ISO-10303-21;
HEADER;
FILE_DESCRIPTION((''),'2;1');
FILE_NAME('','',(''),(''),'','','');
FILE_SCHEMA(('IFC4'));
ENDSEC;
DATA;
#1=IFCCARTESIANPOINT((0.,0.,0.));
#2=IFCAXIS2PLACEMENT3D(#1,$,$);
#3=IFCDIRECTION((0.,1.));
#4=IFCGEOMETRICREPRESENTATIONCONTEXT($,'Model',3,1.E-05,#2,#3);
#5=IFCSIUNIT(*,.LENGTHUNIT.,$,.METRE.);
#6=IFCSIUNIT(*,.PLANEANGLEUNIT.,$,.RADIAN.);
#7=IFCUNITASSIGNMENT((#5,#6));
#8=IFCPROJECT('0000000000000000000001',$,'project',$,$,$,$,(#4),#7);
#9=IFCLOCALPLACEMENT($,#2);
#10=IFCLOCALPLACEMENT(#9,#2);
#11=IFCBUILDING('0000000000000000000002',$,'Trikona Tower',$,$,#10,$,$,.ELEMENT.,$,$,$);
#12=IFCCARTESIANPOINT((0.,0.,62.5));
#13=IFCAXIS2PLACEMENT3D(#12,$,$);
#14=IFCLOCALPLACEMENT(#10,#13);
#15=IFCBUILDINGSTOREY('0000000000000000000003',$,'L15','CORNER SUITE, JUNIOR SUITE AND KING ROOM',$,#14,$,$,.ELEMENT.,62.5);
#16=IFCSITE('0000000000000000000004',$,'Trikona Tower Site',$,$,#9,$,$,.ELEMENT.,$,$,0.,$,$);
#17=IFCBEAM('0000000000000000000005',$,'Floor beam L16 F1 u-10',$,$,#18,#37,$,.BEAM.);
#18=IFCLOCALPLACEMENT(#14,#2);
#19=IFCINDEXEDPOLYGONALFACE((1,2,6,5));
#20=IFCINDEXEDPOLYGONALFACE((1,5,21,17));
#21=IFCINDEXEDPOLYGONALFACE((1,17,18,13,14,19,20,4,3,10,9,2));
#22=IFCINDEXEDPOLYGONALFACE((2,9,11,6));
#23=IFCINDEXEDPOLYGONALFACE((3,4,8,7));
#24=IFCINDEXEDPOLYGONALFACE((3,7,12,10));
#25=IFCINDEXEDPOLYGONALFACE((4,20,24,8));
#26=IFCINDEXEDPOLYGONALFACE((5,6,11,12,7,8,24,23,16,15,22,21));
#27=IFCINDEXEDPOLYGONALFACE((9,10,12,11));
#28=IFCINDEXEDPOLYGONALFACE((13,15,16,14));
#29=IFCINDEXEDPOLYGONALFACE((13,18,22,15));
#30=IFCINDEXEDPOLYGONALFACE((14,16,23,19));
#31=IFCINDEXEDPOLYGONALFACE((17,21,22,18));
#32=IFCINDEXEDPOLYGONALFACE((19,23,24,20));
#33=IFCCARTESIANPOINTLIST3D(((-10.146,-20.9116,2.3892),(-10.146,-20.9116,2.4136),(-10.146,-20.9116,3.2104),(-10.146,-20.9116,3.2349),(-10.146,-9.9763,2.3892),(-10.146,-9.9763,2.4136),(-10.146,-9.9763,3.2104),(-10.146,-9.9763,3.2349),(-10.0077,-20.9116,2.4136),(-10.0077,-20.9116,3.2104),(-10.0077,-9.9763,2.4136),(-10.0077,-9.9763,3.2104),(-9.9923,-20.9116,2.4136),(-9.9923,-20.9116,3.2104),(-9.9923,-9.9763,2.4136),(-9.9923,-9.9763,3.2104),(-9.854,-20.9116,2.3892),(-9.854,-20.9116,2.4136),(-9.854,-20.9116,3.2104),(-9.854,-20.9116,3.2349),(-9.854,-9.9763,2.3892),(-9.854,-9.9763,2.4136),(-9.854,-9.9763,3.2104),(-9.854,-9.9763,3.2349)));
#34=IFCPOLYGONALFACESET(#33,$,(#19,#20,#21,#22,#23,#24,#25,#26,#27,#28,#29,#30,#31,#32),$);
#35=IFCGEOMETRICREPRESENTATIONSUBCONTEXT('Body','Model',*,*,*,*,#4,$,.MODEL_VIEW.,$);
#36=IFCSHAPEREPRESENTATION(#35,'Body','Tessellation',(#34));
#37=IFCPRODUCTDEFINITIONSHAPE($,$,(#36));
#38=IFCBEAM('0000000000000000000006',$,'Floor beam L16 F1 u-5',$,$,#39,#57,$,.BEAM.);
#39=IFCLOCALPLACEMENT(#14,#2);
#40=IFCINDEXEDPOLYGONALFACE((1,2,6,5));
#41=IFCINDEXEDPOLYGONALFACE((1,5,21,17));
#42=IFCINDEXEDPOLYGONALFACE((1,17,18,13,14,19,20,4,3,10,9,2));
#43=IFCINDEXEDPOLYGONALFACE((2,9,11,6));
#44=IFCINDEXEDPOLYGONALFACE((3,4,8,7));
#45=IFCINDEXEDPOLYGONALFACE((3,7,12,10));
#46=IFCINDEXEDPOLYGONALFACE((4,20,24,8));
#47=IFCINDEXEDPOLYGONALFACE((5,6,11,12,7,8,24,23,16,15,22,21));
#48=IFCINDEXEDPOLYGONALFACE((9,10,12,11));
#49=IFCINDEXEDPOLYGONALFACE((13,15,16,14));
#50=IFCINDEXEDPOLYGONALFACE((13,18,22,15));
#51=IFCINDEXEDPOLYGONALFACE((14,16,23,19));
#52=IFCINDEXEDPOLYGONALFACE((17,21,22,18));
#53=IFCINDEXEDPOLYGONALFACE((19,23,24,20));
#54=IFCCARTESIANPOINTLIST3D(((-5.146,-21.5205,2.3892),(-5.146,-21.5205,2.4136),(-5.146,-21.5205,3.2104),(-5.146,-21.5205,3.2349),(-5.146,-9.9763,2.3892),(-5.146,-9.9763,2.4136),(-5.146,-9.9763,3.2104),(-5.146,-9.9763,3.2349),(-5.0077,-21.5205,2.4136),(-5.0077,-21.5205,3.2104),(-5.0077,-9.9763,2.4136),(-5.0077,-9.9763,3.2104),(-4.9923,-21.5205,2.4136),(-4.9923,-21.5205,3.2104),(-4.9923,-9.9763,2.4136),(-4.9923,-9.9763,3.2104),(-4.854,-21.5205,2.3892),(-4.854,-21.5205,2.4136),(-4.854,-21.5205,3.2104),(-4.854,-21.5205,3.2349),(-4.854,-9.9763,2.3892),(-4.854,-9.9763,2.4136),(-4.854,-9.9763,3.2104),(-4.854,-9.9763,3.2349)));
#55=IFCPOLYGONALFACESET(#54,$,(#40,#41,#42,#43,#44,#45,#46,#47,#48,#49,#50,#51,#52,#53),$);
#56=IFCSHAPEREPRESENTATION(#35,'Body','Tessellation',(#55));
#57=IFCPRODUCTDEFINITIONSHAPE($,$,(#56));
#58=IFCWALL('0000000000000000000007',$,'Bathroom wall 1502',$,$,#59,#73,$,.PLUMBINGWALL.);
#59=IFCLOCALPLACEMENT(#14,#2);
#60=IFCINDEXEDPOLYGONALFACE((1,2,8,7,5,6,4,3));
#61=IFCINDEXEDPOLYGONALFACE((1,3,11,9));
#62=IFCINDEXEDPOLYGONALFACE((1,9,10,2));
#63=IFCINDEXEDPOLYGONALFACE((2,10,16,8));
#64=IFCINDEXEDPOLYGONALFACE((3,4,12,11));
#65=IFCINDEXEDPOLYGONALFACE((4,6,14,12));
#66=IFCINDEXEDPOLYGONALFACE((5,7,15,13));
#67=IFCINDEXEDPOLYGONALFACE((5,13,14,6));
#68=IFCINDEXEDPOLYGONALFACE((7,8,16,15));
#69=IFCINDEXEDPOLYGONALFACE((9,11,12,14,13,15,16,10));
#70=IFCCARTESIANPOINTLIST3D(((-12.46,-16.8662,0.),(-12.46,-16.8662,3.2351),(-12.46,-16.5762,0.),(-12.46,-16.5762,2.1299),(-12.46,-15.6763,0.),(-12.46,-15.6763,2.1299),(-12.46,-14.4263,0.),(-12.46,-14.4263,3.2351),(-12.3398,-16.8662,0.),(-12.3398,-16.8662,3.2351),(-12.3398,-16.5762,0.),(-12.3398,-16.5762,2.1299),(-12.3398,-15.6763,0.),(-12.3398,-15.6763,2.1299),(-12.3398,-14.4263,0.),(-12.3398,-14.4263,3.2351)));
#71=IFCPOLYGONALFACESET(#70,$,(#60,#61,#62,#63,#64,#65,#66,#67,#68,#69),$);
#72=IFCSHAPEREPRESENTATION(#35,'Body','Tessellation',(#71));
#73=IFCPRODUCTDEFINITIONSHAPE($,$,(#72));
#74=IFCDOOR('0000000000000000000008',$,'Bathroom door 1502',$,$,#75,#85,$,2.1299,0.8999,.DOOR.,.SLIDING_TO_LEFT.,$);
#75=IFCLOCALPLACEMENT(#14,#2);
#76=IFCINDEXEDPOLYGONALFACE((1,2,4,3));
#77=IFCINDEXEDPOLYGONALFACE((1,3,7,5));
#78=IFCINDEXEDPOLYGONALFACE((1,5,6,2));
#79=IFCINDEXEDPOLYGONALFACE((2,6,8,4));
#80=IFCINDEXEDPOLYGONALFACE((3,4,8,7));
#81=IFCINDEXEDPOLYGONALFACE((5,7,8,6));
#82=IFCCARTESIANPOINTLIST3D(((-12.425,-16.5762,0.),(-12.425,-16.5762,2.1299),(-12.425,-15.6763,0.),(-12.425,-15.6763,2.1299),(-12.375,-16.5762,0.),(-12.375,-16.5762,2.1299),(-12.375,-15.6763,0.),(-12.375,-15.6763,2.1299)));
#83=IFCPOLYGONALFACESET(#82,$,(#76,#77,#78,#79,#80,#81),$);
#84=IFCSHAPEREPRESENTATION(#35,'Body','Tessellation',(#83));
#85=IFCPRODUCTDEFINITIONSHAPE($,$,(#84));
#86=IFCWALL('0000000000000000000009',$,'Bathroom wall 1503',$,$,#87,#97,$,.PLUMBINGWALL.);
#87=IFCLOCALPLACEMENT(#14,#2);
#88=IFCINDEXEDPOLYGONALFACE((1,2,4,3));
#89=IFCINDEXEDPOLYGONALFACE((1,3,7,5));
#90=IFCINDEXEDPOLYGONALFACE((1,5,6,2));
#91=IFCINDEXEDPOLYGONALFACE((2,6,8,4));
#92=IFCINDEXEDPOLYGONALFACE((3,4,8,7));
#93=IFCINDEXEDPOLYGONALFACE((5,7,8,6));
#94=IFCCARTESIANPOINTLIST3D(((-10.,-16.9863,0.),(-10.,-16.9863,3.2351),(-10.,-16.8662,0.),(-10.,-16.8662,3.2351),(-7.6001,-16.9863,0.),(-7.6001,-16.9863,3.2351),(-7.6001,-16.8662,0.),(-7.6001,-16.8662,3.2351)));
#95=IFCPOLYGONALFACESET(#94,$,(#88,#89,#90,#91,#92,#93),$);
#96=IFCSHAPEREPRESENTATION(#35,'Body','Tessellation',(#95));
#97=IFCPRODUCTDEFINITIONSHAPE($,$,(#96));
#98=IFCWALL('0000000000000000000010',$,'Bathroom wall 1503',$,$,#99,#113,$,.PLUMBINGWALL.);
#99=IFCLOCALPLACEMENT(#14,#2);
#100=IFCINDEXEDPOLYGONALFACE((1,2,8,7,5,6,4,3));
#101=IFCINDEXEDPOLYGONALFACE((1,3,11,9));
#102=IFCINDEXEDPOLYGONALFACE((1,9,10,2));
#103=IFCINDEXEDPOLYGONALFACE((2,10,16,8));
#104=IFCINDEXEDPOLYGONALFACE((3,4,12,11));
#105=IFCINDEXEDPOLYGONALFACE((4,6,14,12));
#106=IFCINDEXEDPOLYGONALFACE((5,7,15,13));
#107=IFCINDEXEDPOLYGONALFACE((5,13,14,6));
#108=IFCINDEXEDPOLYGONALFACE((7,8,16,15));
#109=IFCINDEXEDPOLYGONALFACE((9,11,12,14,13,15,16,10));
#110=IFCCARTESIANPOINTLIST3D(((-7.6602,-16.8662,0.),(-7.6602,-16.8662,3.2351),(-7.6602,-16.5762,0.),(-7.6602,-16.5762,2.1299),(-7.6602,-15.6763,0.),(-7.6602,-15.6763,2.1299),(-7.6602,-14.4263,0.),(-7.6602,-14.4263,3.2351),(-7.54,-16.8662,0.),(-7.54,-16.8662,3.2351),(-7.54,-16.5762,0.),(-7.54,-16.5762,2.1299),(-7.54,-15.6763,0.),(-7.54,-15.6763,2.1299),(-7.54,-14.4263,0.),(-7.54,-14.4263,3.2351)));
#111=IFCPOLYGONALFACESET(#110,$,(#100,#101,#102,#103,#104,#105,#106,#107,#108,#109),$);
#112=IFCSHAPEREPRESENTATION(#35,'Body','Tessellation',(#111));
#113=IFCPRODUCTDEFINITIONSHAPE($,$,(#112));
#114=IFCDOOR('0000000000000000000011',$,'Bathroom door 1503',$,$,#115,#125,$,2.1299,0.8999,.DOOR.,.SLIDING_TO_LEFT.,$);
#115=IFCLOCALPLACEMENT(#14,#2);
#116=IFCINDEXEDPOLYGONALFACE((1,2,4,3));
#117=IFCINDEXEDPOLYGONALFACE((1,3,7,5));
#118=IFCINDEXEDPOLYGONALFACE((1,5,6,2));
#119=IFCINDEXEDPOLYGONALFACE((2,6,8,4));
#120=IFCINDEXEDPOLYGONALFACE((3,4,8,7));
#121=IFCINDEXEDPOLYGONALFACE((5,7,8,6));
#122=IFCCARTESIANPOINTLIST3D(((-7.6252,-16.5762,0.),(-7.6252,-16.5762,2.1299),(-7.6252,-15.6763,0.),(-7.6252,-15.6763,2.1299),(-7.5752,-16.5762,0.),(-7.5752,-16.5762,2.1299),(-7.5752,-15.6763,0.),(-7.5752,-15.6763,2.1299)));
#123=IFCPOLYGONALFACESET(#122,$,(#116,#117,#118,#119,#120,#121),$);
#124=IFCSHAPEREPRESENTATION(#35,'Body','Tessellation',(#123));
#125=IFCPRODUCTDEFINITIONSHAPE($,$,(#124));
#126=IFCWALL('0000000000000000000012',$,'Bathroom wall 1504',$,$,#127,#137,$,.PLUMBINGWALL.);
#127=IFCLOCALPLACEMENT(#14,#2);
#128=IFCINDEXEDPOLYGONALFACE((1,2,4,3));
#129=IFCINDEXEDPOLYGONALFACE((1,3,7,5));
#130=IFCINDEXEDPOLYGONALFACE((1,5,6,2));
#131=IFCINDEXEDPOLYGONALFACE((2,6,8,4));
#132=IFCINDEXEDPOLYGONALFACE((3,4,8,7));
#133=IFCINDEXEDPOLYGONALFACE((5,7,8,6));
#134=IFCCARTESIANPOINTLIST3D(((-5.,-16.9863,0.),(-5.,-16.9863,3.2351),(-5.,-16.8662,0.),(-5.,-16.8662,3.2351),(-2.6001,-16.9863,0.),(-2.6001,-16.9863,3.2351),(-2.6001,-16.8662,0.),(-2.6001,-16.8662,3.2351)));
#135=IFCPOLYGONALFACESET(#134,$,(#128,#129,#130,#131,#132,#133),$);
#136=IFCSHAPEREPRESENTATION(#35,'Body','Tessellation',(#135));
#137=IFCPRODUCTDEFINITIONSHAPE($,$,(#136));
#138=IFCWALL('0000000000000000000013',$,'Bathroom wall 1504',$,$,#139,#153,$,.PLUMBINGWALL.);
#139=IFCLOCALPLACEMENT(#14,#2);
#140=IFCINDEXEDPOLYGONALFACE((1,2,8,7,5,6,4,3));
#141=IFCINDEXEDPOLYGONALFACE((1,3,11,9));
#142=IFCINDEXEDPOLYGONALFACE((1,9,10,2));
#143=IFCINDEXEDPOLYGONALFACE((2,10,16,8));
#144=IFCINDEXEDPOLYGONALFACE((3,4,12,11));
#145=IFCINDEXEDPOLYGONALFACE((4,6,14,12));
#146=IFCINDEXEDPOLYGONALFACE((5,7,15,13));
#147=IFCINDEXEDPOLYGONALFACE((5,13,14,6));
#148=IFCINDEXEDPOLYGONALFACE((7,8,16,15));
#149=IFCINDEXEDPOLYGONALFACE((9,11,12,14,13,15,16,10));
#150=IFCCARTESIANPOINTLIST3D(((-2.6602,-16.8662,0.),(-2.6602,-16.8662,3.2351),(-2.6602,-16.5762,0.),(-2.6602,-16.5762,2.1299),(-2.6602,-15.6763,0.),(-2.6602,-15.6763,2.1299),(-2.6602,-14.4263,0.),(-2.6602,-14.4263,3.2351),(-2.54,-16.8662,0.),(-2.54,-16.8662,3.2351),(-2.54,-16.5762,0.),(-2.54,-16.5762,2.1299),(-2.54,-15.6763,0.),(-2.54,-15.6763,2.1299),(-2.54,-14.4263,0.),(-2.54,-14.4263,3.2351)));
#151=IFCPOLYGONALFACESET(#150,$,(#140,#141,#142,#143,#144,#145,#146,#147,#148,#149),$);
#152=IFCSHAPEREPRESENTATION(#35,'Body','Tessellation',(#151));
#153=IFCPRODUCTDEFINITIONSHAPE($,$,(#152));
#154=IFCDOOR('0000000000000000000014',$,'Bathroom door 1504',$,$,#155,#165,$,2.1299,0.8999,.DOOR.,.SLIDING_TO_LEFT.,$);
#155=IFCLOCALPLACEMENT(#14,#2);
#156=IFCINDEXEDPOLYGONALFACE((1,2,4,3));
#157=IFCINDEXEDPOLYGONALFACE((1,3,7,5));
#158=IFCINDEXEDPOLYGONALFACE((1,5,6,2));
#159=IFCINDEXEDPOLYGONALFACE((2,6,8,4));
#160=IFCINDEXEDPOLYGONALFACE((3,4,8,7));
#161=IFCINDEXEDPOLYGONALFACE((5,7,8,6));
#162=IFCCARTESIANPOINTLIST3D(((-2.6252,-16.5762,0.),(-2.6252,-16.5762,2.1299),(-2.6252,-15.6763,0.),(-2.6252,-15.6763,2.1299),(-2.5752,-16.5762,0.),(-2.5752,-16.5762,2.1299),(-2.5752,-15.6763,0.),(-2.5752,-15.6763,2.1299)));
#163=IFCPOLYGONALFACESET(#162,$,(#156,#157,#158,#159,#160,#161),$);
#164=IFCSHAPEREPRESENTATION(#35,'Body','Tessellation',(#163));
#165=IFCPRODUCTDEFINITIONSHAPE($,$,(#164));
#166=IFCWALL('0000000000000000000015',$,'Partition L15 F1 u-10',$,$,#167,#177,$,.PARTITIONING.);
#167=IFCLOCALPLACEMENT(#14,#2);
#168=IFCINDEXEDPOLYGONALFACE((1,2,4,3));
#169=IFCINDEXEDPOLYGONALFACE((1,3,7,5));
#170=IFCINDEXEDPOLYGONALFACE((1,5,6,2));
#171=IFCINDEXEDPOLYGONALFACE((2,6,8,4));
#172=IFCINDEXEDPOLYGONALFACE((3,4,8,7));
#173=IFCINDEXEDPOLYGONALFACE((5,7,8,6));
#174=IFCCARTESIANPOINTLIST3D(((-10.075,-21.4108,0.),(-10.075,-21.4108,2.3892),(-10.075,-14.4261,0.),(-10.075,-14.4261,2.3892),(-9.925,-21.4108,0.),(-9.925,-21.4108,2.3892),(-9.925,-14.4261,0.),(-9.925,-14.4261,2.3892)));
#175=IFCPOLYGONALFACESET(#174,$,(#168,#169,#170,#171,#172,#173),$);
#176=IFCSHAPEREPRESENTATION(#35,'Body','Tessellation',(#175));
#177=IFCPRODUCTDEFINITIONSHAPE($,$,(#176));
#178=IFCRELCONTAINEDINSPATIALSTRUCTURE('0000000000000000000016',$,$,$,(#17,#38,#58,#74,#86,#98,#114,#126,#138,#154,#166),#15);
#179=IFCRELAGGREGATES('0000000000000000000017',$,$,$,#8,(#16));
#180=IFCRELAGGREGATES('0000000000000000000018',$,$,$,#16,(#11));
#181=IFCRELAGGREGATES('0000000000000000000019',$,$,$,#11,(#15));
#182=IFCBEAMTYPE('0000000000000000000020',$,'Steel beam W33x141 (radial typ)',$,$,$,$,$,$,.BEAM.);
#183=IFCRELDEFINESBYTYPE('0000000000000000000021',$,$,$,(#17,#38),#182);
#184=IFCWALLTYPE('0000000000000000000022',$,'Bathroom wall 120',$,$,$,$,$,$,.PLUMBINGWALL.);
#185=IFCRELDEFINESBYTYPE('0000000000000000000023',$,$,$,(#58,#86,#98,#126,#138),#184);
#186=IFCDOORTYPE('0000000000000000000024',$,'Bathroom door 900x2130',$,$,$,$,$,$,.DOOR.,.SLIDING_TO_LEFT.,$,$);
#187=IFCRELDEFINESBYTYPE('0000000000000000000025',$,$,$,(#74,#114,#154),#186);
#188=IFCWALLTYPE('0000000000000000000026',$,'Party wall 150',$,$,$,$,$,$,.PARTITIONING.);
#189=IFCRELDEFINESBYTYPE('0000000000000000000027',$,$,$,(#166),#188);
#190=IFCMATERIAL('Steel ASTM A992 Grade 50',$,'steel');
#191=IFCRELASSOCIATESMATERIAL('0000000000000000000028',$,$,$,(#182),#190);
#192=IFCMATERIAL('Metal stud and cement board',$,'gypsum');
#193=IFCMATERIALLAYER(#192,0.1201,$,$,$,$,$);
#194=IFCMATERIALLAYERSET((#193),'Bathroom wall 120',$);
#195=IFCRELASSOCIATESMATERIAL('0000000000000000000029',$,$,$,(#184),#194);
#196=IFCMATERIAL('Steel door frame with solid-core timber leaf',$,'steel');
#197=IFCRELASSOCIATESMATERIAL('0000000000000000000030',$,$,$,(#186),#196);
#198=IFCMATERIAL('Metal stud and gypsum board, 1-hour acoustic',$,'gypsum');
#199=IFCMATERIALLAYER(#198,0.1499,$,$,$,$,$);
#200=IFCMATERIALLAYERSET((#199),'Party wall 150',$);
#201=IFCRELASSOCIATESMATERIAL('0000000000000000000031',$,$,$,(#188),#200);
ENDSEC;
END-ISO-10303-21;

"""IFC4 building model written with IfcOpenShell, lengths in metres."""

from ifc_helpers import new_model, si_unit, direction, frame, frame_2d, origin, origin_2d, place, context, subcontext, project, spatial, rectangle, i_section, extrude, material, layer, layer_set, material_profile, profile_set, type_object, element, fill, save


model = new_model("IFC4")

# Units and contexts
model_context = context("Model", 3, precision=1e-05, world=origin(), true_north=direction((0.0, 1.0)))
body_context = subcontext(model_context, "Body", "Model", "MODEL_VIEW")
ifc_project = project(units=[si_unit("LENGTHUNIT", "METRE"), si_unit("PLANEANGLEUNIT", "RADIAN")], contexts=[model_context])

# Site, building, storey
site_placement = place(None, origin())
site = spatial("IfcSite", under=ifc_project, at=site_placement, Name="Trikona Tower Site", CompositionType="ELEMENT", RefElevation=0.0)
building_placement = place(site_placement, origin())
building = spatial("IfcBuilding", under=site, at=building_placement, Name="Trikona Tower", CompositionType="ELEMENT")
storey_placement = place(building_placement, frame((0.0, 0.0, 62.5)))
storey = spatial("IfcBuildingStorey", under=building, at=storey_placement, Name="L15", Description="CORNER SUITE, JUNIOR SUITE AND KING ROOM", CompositionType="ELEMENT", Elevation=62.5)

# Beams
ifc_material_1 = material(Name="Steel ASTM A992 Grade 50", Category="steel")
ifc_material_profile = material_profile(ifc_material_1, i_section(OverallWidth=0.292, OverallDepth=0.8457, WebThickness=0.0154, FlangeThickness=0.0244, at=origin_2d()), Name="W33X141")
ifc_profile_set = profile_set([ifc_material_profile], Name="Steel ASTM A992 Grade 50")
beam_type = type_object("IfcBeamType", Name="Steel beam W33x141 (radial typ)", PredefinedType="BEAM", material=ifc_profile_set)
beam_1_placement = place(storey_placement, frame((-10.0, -9.9763, 2.812), z_axis=(0.0, -1.0, 0.0), x_axis=(1.0, 0.0, 0.0)))
element("IfcBeam", 1, at=beam_1_placement, inside=storey, type_object=beam_type, Name="Floor beam L16 F1 u-10", PredefinedType="BEAM", context=body_context, shape_type="SweptSolid", body=[
    extrude(i_section(OverallWidth=0.292, OverallDepth=0.8457, WebThickness=0.0154, FlangeThickness=0.0244, at=origin_2d()), origin(), (0.0, 0.0, 1.0), 10.9353),
])
beam_2_placement = place(storey_placement, frame((-5.0, -9.9763, 2.812), z_axis=(0.0, -1.0, 0.0), x_axis=(1.0, 0.0, 0.0)))
element("IfcBeam", 2, at=beam_2_placement, inside=storey, type_object=beam_type, Name="Floor beam L16 F1 u-5", PredefinedType="BEAM", context=body_context, shape_type="SweptSolid", body=[
    extrude(i_section(OverallWidth=0.292, OverallDepth=0.8457, WebThickness=0.0154, FlangeThickness=0.0244, at=origin_2d()), origin(), (0.0, 0.0, 1.0), 11.5442),
])

# Wall, opening, door
ifc_material_2 = material(Name="Metal stud and cement board", Category="gypsum")
ifc_layer_1 = layer(ifc_material_2, 0.1201)
ifc_layer_set_1 = layer_set([ifc_layer_1], Name="Bathroom wall 120")
wall_type_1 = type_object("IfcWallType", Name="Bathroom wall 120", PredefinedType="PLUMBINGWALL", material=ifc_layer_set_1)
wall_1_placement = place(storey_placement, frame((-12.3999, -14.4263, 0.0), z_axis=(0.0, 0.0, 1.0), x_axis=(0.0, -1.0, 0.0)))
wall_1 = element("IfcWall", 3, at=wall_1_placement, inside=storey, type_object=wall_type_1, Name="Bathroom wall 1502", PredefinedType="PLUMBINGWALL", context=body_context, shape_type="SweptSolid", body=[
    extrude(rectangle(XDim=2.4399, YDim=0.1201, at=frame_2d((1.22, 0.0))), origin(), (0.0, 0.0, 1.0), 3.2351),
])
opening_1_placement = place(wall_1_placement, frame((1.25, 0.0, 0.0)))
opening_1 = element("IfcOpeningElement", 4, at=opening_1_placement, cuts=wall_1, PredefinedType="OPENING", context=body_context, shape_type="SweptSolid", body=[
    extrude(rectangle(XDim=0.8999, YDim=2.1299, at=frame_2d((0.45, 1.0649))), frame((0.0, 0.0701, 0.0), z_axis=(0.0, -1.0, 0.0), x_axis=(1.0, 0.0, 0.0)), (0.0, 0.0, 1.0), 0.1401),
])
ifc_material_3 = material(Name="Steel door frame with solid-core timber leaf", Category="steel")
door_type_1 = type_object("IfcDoorType", Name="Bathroom door 900x2130", OperationType="SLIDING_TO_LEFT", PredefinedType="DOOR", material=ifc_material_3)
door_1_placement = place(opening_1_placement, origin())
door_1 = element("IfcDoor", 5, at=door_1_placement, inside=storey, type_object=door_type_1, Name="Bathroom door 1502", OperationType="SLIDING_TO_LEFT", OverallHeight=2.1299, OverallWidth=0.8999, PredefinedType="DOOR", context=body_context, shape_type="SweptSolid", body=[
    extrude(rectangle(XDim=0.8999, YDim=2.1299, at=frame_2d((0.45, 1.0649))), frame((0.0, 0.0249, 0.0), z_axis=(0.0, -1.0, 0.0), x_axis=(1.0, 0.0, 0.0)), (0.0, 0.0, 1.0), 0.05),
])
fill(opening_1, door_1)

# Wall
wall_2_placement = place(storey_placement, frame((-10.0, -16.9263, 0.0), z_axis=(0.0, 0.0, 1.0), x_axis=(1.0, 0.0, 0.0)))
element("IfcWall", 6, at=wall_2_placement, inside=storey, type_object=wall_type_1, Name="Bathroom wall 1503", PredefinedType="PLUMBINGWALL", context=body_context, shape_type="SweptSolid", body=[
    extrude(rectangle(XDim=2.3999, YDim=0.1201, at=frame_2d((1.2, 0.0))), origin(), (0.0, 0.0, 1.0), 3.2351),
])

# Wall, opening, door
wall_3_placement = place(storey_placement, frame((-7.6001, -14.4263, 0.0), z_axis=(0.0, 0.0, 1.0), x_axis=(0.0, -1.0, 0.0)))
wall_3 = element("IfcWall", 7, at=wall_3_placement, inside=storey, type_object=wall_type_1, Name="Bathroom wall 1503", PredefinedType="PLUMBINGWALL", context=body_context, shape_type="SweptSolid", body=[
    extrude(rectangle(XDim=2.4399, YDim=0.1201, at=frame_2d((1.22, 0.0))), origin(), (0.0, 0.0, 1.0), 3.2351),
])
opening_2_placement = place(wall_3_placement, frame((1.25, 0.0, 0.0)))
opening_2 = element("IfcOpeningElement", 8, at=opening_2_placement, cuts=wall_3, PredefinedType="OPENING", context=body_context, shape_type="SweptSolid", body=[
    extrude(rectangle(XDim=0.8999, YDim=2.1299, at=frame_2d((0.45, 1.0649))), frame((0.0, 0.0701, 0.0), z_axis=(0.0, -1.0, 0.0), x_axis=(1.0, 0.0, 0.0)), (0.0, 0.0, 1.0), 0.1401),
])
door_2_placement = place(opening_2_placement, origin())
door_2 = element("IfcDoor", 9, at=door_2_placement, inside=storey, type_object=door_type_1, Name="Bathroom door 1503", OperationType="SLIDING_TO_LEFT", OverallHeight=2.1299, OverallWidth=0.8999, PredefinedType="DOOR", context=body_context, shape_type="SweptSolid", body=[
    extrude(rectangle(XDim=0.8999, YDim=2.1299, at=frame_2d((0.45, 1.0649))), frame((0.0, 0.0249, 0.0), z_axis=(0.0, -1.0, 0.0), x_axis=(1.0, 0.0, 0.0)), (0.0, 0.0, 1.0), 0.05),
])
fill(opening_2, door_2)

# Wall
wall_4_placement = place(storey_placement, frame((-5.0, -16.9263, 0.0), z_axis=(0.0, 0.0, 1.0), x_axis=(1.0, 0.0, 0.0)))
element("IfcWall", 10, at=wall_4_placement, inside=storey, type_object=wall_type_1, Name="Bathroom wall 1504", PredefinedType="PLUMBINGWALL", context=body_context, shape_type="SweptSolid", body=[
    extrude(rectangle(XDim=2.3999, YDim=0.1201, at=frame_2d((1.2, 0.0))), origin(), (0.0, 0.0, 1.0), 3.2351),
])

# Wall, opening, door
wall_5_placement = place(storey_placement, frame((-2.6001, -14.4263, 0.0), z_axis=(0.0, 0.0, 1.0), x_axis=(0.0, -1.0, 0.0)))
wall_5 = element("IfcWall", 11, at=wall_5_placement, inside=storey, type_object=wall_type_1, Name="Bathroom wall 1504", PredefinedType="PLUMBINGWALL", context=body_context, shape_type="SweptSolid", body=[
    extrude(rectangle(XDim=2.4399, YDim=0.1201, at=frame_2d((1.22, 0.0))), origin(), (0.0, 0.0, 1.0), 3.2351),
])
opening_3_placement = place(wall_5_placement, frame((1.25, 0.0, 0.0)))
opening_3 = element("IfcOpeningElement", 12, at=opening_3_placement, cuts=wall_5, PredefinedType="OPENING", context=body_context, shape_type="SweptSolid", body=[
    extrude(rectangle(XDim=0.8999, YDim=2.1299, at=frame_2d((0.45, 1.0649))), frame((0.0, 0.0701, 0.0), z_axis=(0.0, -1.0, 0.0), x_axis=(1.0, 0.0, 0.0)), (0.0, 0.0, 1.0), 0.1401),
])
door_3_placement = place(opening_3_placement, origin())
door_3 = element("IfcDoor", 13, at=door_3_placement, inside=storey, type_object=door_type_1, Name="Bathroom door 1504", OperationType="SLIDING_TO_LEFT", OverallHeight=2.1299, OverallWidth=0.8999, PredefinedType="DOOR", context=body_context, shape_type="SweptSolid", body=[
    extrude(rectangle(XDim=0.8999, YDim=2.1299, at=frame_2d((0.45, 1.0649))), frame((0.0, 0.0249, 0.0), z_axis=(0.0, -1.0, 0.0), x_axis=(1.0, 0.0, 0.0)), (0.0, 0.0, 1.0), 0.05),
])
fill(opening_3, door_3)

# Wall
ifc_material_4 = material(Name="Metal stud and gypsum board, 1-hour acoustic", Category="gypsum")
ifc_layer_2 = layer(ifc_material_4, 0.1499)
ifc_layer_set_2 = layer_set([ifc_layer_2], Name="Party wall 150")
wall_type_2 = type_object("IfcWallType", Name="Party wall 150", PredefinedType="PARTITIONING", material=ifc_layer_set_2)
wall_6_placement = place(storey_placement, frame((-10.0, -14.4263, 0.0), z_axis=(0.0, 0.0, 1.0), x_axis=(0.0, -1.0, 0.0)))
element("IfcWall", 14, at=wall_6_placement, inside=storey, type_object=wall_type_2, Name="Partition L15 F1 u-10", PredefinedType="PARTITIONING", context=body_context, shape_type="SweptSolid", body=[
    extrude(rectangle(XDim=6.9846, YDim=0.1499, at=frame_2d((3.4922, 0.0))), origin(), (0.0, 0.0, 1.0), 2.3892),
])

save(model, "model.ifc")
